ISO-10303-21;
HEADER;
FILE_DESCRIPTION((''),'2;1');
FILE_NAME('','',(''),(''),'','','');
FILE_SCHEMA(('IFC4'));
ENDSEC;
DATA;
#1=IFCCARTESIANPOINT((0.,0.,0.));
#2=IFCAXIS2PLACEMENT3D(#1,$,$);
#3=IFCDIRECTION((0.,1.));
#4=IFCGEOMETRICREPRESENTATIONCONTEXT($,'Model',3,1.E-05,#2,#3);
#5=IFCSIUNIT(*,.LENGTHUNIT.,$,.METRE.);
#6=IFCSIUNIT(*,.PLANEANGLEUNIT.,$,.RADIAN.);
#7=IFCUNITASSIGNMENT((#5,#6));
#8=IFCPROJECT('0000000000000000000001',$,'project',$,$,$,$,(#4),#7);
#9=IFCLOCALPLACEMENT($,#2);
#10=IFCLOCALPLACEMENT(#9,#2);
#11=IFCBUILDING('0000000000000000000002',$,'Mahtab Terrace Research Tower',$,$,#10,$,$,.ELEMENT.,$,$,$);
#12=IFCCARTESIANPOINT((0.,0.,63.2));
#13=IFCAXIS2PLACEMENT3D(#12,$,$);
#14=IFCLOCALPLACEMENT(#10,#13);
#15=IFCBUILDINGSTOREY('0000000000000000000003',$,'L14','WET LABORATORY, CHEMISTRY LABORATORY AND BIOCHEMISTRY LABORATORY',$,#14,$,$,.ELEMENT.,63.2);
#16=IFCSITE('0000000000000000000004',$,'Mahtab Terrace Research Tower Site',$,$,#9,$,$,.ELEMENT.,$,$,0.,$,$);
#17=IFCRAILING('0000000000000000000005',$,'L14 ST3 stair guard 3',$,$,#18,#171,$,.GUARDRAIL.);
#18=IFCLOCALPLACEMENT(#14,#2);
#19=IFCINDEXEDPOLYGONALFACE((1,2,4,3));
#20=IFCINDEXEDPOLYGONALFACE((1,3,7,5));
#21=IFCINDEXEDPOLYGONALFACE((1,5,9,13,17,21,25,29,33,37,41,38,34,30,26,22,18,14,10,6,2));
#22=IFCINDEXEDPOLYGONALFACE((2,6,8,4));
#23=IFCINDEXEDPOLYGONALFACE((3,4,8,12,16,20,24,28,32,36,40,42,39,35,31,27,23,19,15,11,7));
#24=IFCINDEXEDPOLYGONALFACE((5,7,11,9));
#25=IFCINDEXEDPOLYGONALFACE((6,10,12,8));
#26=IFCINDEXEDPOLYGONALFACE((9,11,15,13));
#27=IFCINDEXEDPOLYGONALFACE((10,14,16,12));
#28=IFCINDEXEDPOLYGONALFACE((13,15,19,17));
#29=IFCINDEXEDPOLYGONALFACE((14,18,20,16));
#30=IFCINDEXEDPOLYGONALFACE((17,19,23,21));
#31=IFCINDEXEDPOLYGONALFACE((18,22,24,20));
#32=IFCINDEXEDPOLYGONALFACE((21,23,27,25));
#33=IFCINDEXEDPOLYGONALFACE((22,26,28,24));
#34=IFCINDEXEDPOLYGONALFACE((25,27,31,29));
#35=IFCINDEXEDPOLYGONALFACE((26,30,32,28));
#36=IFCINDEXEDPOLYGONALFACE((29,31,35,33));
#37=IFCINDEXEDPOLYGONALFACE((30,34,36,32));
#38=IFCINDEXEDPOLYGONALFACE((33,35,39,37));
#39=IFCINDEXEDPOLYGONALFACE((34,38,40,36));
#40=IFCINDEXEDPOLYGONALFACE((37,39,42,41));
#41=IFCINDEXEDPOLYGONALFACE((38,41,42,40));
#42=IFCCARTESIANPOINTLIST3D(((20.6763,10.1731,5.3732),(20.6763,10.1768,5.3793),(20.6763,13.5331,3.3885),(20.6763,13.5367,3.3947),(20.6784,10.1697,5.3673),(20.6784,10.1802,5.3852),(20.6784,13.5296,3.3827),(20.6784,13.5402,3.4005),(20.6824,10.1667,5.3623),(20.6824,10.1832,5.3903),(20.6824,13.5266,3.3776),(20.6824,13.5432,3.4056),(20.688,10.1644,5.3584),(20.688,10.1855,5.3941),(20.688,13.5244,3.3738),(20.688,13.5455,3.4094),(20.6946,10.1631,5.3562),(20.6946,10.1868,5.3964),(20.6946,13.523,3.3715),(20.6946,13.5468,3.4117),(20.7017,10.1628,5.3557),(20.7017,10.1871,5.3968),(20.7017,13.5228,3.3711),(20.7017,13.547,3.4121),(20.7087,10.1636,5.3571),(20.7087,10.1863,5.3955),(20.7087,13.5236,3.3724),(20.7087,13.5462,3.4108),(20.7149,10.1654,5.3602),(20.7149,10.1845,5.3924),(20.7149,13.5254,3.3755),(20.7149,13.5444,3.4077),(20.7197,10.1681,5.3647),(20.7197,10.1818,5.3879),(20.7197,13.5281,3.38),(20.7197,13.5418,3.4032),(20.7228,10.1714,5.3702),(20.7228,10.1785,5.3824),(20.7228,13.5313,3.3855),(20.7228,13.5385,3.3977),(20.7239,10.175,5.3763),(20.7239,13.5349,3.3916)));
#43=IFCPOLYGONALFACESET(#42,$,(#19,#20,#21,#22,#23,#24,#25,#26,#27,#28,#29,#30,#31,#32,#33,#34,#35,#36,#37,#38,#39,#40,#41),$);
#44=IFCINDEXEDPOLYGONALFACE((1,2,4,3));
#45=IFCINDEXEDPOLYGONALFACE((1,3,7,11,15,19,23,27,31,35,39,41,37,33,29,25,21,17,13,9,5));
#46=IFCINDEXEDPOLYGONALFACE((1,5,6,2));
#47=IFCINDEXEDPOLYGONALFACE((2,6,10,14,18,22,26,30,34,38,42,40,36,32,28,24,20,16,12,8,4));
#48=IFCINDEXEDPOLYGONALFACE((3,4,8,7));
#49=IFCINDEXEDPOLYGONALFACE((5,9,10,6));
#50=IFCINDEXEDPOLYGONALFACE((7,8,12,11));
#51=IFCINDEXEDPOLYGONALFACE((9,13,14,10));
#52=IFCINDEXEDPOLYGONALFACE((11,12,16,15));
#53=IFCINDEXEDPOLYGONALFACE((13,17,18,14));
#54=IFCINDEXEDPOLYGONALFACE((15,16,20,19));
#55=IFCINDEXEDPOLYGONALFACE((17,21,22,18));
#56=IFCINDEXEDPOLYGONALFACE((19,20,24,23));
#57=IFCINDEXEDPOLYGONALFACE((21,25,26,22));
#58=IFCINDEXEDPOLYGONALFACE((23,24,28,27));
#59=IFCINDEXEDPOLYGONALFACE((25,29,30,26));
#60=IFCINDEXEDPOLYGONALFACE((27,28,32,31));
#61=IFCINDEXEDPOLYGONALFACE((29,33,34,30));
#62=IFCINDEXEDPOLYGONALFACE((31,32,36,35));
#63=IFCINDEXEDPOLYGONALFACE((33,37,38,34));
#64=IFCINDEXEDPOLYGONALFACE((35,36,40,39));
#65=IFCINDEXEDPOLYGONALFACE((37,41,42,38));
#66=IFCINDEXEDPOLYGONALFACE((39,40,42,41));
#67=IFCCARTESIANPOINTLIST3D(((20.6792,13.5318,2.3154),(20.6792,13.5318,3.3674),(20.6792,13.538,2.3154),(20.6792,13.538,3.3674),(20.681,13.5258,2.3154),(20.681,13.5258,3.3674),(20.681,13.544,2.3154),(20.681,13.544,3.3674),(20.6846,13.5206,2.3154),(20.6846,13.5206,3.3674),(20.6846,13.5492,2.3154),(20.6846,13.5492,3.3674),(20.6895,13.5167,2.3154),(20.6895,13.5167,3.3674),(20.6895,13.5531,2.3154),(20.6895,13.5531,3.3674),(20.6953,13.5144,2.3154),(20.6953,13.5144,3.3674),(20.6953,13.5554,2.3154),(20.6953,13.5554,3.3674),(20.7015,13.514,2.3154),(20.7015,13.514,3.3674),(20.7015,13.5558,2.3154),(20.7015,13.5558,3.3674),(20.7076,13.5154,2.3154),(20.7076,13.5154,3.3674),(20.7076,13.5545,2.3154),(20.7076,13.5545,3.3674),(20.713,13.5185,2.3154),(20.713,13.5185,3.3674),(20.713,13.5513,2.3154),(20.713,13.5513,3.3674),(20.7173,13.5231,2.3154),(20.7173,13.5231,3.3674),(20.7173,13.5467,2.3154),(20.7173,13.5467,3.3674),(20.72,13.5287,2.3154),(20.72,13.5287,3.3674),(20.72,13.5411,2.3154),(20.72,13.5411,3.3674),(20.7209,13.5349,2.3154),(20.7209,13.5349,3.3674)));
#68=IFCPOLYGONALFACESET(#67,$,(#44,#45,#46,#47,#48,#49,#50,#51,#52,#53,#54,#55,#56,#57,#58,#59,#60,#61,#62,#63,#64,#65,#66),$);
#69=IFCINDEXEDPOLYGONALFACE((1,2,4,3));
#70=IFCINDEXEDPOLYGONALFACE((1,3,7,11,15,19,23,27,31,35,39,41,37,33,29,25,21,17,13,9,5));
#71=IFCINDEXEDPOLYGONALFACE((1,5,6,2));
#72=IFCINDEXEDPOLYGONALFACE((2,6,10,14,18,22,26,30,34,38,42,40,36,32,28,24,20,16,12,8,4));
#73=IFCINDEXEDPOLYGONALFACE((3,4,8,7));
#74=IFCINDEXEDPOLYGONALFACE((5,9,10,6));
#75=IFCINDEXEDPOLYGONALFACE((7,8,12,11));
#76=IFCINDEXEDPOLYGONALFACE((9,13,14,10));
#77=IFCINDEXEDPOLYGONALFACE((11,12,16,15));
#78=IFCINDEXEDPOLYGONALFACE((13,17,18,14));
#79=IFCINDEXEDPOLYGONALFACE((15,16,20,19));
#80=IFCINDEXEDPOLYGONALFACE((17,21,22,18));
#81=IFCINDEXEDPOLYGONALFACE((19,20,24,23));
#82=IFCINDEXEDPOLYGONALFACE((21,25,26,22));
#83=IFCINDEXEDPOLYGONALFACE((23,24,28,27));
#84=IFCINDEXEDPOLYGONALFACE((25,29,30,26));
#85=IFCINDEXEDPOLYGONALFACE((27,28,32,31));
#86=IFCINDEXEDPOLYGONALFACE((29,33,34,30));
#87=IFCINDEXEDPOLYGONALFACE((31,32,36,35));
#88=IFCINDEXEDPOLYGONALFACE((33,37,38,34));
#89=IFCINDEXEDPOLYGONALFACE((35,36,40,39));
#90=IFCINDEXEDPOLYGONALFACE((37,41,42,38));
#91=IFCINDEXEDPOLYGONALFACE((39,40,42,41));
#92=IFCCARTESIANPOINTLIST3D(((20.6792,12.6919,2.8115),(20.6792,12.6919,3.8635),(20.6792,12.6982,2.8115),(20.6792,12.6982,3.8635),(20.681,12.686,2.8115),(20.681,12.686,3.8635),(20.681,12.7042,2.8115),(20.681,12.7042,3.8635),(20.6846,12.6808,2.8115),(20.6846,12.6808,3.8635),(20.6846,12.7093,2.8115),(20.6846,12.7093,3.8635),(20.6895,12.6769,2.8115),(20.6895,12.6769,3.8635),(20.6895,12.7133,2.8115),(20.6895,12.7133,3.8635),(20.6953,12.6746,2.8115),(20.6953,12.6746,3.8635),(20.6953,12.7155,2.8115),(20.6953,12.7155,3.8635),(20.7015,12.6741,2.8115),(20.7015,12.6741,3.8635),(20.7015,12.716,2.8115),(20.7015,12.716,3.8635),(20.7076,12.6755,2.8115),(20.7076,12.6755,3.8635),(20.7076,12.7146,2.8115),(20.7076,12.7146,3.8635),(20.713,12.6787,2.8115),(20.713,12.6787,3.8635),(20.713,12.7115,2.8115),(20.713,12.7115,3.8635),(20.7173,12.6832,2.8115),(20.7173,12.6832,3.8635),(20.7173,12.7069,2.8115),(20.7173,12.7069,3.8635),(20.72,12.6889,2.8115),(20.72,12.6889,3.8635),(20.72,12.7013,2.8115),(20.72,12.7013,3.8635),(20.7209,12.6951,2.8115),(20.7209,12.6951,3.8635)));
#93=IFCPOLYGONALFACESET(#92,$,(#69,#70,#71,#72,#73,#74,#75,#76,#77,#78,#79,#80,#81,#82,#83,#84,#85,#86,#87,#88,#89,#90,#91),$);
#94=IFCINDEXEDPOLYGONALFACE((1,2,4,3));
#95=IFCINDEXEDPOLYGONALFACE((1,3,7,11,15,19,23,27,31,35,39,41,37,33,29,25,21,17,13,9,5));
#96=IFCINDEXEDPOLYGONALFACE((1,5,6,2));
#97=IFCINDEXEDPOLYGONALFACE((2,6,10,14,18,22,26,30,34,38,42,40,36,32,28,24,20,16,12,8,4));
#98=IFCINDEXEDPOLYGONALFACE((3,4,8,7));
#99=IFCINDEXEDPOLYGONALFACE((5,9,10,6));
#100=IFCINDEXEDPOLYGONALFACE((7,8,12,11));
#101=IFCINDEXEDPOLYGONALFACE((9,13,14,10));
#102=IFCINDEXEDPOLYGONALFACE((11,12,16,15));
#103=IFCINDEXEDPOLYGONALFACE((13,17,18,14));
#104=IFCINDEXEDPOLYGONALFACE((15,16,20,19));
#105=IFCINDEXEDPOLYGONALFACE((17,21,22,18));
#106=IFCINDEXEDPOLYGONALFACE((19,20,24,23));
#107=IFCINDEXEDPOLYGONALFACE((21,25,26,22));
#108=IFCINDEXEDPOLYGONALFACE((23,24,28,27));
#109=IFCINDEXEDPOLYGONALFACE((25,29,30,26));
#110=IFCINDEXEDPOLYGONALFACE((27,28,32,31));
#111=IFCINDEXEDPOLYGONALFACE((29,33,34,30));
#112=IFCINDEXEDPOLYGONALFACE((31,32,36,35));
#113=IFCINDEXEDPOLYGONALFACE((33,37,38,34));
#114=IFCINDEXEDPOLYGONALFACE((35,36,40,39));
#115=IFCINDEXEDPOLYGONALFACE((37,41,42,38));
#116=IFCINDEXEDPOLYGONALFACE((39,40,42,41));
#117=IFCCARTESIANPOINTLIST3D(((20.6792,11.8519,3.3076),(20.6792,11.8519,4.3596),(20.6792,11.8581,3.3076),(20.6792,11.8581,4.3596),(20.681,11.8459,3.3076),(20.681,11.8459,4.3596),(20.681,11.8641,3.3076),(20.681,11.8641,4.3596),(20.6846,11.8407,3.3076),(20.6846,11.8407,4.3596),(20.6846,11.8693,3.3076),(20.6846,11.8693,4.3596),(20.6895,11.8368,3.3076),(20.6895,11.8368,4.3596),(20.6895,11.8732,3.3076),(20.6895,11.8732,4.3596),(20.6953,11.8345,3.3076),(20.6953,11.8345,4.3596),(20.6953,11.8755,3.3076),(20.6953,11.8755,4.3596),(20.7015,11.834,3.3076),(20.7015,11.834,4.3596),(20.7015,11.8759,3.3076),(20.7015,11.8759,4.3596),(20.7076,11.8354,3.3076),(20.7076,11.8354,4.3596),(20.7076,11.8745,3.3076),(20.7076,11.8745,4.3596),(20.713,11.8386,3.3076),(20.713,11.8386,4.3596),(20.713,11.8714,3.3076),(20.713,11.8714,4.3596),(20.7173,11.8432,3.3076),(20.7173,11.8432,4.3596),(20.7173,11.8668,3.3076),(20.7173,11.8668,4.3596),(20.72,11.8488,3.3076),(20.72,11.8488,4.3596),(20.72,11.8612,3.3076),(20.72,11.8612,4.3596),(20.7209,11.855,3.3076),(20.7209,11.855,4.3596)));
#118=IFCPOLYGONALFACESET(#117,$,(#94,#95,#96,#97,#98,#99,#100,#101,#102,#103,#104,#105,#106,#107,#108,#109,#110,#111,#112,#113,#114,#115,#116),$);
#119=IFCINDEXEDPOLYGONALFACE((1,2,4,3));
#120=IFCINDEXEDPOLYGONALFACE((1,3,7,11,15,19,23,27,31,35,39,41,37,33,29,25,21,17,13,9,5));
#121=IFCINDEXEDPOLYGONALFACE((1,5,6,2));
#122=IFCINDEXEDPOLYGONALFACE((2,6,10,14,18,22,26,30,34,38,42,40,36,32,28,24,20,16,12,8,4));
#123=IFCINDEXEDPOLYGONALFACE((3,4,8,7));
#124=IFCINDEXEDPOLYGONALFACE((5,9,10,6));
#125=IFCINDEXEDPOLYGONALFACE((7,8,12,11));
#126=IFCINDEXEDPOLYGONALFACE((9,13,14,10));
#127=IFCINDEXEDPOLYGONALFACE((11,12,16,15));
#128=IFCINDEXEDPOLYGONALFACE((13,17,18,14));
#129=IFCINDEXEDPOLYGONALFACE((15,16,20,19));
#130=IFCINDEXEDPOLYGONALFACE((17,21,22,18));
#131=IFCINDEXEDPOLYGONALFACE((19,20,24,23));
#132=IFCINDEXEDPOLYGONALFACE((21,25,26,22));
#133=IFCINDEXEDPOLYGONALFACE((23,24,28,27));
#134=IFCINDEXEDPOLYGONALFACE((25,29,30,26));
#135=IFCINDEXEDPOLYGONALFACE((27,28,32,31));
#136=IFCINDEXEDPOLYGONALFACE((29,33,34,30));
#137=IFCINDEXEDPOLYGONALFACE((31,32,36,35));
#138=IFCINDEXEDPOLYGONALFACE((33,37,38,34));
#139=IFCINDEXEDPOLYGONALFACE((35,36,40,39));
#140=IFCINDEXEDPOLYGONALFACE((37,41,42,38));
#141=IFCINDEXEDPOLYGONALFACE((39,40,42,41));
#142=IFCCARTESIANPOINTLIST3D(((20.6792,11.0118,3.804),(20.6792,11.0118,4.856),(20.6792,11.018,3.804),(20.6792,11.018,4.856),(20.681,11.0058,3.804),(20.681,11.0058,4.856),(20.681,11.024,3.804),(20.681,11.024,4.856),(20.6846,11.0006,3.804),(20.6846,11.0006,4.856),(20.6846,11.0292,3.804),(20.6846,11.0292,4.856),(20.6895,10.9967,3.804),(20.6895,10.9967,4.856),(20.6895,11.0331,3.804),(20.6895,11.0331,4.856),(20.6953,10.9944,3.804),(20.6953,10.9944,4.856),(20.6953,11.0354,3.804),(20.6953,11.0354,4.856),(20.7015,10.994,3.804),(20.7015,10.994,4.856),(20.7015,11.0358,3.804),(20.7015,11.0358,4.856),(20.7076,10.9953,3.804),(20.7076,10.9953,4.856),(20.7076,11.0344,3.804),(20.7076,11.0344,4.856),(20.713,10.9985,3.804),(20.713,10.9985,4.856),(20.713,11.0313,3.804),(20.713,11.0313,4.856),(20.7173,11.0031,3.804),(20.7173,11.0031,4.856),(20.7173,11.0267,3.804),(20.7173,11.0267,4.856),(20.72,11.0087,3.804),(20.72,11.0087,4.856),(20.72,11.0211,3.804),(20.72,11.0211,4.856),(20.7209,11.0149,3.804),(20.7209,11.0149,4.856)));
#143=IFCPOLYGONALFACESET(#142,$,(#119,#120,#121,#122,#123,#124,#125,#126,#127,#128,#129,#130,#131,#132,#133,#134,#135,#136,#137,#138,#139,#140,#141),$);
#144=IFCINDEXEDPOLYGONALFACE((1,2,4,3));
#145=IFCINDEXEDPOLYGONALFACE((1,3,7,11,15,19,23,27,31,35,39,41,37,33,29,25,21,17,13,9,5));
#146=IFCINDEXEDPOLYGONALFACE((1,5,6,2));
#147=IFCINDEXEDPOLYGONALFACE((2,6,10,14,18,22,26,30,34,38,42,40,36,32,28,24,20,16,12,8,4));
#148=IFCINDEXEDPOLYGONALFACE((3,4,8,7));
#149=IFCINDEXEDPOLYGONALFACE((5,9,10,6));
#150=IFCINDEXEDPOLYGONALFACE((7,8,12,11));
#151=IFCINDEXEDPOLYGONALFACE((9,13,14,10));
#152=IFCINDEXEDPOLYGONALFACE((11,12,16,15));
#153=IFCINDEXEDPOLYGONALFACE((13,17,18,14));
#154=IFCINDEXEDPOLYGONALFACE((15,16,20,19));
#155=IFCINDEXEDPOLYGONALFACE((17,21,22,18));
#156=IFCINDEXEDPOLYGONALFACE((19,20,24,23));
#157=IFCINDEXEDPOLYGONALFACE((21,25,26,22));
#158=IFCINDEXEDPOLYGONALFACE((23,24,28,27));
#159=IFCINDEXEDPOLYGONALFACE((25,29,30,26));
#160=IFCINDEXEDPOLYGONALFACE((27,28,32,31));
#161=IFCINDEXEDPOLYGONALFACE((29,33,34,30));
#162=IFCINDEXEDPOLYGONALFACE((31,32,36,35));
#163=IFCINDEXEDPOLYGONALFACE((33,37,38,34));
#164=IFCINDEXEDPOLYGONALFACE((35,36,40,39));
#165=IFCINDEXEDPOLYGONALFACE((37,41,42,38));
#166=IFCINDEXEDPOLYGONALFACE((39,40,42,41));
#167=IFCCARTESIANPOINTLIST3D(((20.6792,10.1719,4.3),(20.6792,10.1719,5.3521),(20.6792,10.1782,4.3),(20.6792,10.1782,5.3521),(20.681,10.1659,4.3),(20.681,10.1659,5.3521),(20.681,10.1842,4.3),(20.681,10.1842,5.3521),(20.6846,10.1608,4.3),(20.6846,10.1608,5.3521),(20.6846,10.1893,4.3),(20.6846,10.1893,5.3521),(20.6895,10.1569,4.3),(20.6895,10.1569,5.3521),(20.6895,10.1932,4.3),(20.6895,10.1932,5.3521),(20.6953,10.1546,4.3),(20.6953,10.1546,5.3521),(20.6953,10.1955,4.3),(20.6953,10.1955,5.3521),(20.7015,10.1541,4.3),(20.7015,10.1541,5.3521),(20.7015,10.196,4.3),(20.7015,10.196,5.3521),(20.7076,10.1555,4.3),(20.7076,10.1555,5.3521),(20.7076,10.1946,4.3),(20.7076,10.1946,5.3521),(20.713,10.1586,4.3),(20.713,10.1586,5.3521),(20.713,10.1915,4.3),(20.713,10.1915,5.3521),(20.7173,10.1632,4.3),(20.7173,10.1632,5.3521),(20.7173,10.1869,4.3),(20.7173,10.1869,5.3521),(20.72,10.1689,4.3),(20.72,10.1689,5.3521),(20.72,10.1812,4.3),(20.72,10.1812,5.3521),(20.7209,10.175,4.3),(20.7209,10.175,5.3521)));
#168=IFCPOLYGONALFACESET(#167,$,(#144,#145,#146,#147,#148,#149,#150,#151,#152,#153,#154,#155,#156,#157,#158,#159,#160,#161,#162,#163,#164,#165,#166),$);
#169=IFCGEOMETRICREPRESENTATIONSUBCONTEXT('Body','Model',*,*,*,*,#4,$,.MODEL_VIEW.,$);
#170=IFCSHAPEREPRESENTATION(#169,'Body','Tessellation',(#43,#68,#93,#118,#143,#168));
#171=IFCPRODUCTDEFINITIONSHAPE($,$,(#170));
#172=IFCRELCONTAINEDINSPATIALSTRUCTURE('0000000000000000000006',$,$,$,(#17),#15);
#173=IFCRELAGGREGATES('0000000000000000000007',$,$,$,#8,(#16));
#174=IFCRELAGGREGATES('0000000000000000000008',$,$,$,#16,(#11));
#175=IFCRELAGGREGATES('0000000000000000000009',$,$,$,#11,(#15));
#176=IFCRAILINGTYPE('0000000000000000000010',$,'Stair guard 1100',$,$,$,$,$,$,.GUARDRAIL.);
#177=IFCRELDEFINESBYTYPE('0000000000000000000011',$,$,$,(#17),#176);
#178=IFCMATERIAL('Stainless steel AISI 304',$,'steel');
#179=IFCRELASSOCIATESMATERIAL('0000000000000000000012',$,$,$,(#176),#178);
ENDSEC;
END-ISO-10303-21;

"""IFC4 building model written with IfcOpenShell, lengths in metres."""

from ifc_helpers import new_model, si_unit, direction, frame, origin, origin_2d, place, context, subcontext, project, spatial, circle, extrude, material, type_object, element, save


model = new_model("IFC4")

# Units and contexts
model_context = context("Model", 3, precision=1e-05, world=origin(), true_north=direction((0.0, 1.0)))
body_context = subcontext(model_context, "Body", "Model", "MODEL_VIEW")
ifc_project = project(units=[si_unit("LENGTHUNIT", "METRE"), si_unit("PLANEANGLEUNIT", "RADIAN")], contexts=[model_context])

# Site, building, storey
site_placement = place(None, origin())
site = spatial("IfcSite", under=ifc_project, at=site_placement, Name="Mahtab Terrace Research Tower Site", CompositionType="ELEMENT", RefElevation=0.0)
building_placement = place(site_placement, origin())
building = spatial("IfcBuilding", under=site, at=building_placement, Name="Mahtab Terrace Research Tower", CompositionType="ELEMENT")
storey_placement = place(building_placement, frame((0.0, 0.0, 63.2)))
storey = spatial("IfcBuildingStorey", under=building, at=storey_placement, Name="L14", Description="WET LABORATORY, CHEMISTRY LABORATORY AND BIOCHEMISTRY LABORATORY", CompositionType="ELEMENT", Elevation=63.2)

# Shared definitions
ifc_material_1 = material(Name="Stainless steel AISI 304", Category="steel")

# Railing
railing_type_1 = type_object("IfcRailingType", Name="Stair guard 1100", PredefinedType="GUARDRAIL", material=ifc_material_1)
railing_1_placement = place(storey_placement, frame((20.7, 13.5349, 2.3154)))
element("IfcRailing", 1, at=railing_1_placement, inside=storey, type_object=railing_type_1, Name="L14 ST3 stair guard 3", PredefinedType="GUARDRAIL", context=body_context, shape_type="SweptSolid", body=[
    extrude(circle(Radius=0.0239, at=origin_2d()), frame((0.0, 0.0, 1.0762), z_axis=(0.0, -0.861011, 0.508586), x_axis=(1.0, 0.0, 0.0)), (0.0, 0.0, 1.0), 3.9023),
    extrude(circle(Radius=0.021, at=origin_2d()), origin(), (0.0, 0.0, 1.0), 1.052),
    extrude(circle(Radius=0.021, at=origin_2d()), frame((0.0, -0.8398, 0.4961)), (0.0, 0.0, 1.0), 1.052),
    extrude(circle(Radius=0.021, at=origin_2d()), frame((0.0, -1.6799, 0.9922)), (0.0, 0.0, 1.0), 1.052),
    extrude(circle(Radius=0.021, at=origin_2d()), frame((0.0, -2.52, 1.4885)), (0.0, 0.0, 1.0), 1.052),
    extrude(circle(Radius=0.021, at=origin_2d()), frame((0.0, -3.3599, 1.9846)), (0.0, 0.0, 1.0), 1.052),
])

save(model, "model.ifc")
